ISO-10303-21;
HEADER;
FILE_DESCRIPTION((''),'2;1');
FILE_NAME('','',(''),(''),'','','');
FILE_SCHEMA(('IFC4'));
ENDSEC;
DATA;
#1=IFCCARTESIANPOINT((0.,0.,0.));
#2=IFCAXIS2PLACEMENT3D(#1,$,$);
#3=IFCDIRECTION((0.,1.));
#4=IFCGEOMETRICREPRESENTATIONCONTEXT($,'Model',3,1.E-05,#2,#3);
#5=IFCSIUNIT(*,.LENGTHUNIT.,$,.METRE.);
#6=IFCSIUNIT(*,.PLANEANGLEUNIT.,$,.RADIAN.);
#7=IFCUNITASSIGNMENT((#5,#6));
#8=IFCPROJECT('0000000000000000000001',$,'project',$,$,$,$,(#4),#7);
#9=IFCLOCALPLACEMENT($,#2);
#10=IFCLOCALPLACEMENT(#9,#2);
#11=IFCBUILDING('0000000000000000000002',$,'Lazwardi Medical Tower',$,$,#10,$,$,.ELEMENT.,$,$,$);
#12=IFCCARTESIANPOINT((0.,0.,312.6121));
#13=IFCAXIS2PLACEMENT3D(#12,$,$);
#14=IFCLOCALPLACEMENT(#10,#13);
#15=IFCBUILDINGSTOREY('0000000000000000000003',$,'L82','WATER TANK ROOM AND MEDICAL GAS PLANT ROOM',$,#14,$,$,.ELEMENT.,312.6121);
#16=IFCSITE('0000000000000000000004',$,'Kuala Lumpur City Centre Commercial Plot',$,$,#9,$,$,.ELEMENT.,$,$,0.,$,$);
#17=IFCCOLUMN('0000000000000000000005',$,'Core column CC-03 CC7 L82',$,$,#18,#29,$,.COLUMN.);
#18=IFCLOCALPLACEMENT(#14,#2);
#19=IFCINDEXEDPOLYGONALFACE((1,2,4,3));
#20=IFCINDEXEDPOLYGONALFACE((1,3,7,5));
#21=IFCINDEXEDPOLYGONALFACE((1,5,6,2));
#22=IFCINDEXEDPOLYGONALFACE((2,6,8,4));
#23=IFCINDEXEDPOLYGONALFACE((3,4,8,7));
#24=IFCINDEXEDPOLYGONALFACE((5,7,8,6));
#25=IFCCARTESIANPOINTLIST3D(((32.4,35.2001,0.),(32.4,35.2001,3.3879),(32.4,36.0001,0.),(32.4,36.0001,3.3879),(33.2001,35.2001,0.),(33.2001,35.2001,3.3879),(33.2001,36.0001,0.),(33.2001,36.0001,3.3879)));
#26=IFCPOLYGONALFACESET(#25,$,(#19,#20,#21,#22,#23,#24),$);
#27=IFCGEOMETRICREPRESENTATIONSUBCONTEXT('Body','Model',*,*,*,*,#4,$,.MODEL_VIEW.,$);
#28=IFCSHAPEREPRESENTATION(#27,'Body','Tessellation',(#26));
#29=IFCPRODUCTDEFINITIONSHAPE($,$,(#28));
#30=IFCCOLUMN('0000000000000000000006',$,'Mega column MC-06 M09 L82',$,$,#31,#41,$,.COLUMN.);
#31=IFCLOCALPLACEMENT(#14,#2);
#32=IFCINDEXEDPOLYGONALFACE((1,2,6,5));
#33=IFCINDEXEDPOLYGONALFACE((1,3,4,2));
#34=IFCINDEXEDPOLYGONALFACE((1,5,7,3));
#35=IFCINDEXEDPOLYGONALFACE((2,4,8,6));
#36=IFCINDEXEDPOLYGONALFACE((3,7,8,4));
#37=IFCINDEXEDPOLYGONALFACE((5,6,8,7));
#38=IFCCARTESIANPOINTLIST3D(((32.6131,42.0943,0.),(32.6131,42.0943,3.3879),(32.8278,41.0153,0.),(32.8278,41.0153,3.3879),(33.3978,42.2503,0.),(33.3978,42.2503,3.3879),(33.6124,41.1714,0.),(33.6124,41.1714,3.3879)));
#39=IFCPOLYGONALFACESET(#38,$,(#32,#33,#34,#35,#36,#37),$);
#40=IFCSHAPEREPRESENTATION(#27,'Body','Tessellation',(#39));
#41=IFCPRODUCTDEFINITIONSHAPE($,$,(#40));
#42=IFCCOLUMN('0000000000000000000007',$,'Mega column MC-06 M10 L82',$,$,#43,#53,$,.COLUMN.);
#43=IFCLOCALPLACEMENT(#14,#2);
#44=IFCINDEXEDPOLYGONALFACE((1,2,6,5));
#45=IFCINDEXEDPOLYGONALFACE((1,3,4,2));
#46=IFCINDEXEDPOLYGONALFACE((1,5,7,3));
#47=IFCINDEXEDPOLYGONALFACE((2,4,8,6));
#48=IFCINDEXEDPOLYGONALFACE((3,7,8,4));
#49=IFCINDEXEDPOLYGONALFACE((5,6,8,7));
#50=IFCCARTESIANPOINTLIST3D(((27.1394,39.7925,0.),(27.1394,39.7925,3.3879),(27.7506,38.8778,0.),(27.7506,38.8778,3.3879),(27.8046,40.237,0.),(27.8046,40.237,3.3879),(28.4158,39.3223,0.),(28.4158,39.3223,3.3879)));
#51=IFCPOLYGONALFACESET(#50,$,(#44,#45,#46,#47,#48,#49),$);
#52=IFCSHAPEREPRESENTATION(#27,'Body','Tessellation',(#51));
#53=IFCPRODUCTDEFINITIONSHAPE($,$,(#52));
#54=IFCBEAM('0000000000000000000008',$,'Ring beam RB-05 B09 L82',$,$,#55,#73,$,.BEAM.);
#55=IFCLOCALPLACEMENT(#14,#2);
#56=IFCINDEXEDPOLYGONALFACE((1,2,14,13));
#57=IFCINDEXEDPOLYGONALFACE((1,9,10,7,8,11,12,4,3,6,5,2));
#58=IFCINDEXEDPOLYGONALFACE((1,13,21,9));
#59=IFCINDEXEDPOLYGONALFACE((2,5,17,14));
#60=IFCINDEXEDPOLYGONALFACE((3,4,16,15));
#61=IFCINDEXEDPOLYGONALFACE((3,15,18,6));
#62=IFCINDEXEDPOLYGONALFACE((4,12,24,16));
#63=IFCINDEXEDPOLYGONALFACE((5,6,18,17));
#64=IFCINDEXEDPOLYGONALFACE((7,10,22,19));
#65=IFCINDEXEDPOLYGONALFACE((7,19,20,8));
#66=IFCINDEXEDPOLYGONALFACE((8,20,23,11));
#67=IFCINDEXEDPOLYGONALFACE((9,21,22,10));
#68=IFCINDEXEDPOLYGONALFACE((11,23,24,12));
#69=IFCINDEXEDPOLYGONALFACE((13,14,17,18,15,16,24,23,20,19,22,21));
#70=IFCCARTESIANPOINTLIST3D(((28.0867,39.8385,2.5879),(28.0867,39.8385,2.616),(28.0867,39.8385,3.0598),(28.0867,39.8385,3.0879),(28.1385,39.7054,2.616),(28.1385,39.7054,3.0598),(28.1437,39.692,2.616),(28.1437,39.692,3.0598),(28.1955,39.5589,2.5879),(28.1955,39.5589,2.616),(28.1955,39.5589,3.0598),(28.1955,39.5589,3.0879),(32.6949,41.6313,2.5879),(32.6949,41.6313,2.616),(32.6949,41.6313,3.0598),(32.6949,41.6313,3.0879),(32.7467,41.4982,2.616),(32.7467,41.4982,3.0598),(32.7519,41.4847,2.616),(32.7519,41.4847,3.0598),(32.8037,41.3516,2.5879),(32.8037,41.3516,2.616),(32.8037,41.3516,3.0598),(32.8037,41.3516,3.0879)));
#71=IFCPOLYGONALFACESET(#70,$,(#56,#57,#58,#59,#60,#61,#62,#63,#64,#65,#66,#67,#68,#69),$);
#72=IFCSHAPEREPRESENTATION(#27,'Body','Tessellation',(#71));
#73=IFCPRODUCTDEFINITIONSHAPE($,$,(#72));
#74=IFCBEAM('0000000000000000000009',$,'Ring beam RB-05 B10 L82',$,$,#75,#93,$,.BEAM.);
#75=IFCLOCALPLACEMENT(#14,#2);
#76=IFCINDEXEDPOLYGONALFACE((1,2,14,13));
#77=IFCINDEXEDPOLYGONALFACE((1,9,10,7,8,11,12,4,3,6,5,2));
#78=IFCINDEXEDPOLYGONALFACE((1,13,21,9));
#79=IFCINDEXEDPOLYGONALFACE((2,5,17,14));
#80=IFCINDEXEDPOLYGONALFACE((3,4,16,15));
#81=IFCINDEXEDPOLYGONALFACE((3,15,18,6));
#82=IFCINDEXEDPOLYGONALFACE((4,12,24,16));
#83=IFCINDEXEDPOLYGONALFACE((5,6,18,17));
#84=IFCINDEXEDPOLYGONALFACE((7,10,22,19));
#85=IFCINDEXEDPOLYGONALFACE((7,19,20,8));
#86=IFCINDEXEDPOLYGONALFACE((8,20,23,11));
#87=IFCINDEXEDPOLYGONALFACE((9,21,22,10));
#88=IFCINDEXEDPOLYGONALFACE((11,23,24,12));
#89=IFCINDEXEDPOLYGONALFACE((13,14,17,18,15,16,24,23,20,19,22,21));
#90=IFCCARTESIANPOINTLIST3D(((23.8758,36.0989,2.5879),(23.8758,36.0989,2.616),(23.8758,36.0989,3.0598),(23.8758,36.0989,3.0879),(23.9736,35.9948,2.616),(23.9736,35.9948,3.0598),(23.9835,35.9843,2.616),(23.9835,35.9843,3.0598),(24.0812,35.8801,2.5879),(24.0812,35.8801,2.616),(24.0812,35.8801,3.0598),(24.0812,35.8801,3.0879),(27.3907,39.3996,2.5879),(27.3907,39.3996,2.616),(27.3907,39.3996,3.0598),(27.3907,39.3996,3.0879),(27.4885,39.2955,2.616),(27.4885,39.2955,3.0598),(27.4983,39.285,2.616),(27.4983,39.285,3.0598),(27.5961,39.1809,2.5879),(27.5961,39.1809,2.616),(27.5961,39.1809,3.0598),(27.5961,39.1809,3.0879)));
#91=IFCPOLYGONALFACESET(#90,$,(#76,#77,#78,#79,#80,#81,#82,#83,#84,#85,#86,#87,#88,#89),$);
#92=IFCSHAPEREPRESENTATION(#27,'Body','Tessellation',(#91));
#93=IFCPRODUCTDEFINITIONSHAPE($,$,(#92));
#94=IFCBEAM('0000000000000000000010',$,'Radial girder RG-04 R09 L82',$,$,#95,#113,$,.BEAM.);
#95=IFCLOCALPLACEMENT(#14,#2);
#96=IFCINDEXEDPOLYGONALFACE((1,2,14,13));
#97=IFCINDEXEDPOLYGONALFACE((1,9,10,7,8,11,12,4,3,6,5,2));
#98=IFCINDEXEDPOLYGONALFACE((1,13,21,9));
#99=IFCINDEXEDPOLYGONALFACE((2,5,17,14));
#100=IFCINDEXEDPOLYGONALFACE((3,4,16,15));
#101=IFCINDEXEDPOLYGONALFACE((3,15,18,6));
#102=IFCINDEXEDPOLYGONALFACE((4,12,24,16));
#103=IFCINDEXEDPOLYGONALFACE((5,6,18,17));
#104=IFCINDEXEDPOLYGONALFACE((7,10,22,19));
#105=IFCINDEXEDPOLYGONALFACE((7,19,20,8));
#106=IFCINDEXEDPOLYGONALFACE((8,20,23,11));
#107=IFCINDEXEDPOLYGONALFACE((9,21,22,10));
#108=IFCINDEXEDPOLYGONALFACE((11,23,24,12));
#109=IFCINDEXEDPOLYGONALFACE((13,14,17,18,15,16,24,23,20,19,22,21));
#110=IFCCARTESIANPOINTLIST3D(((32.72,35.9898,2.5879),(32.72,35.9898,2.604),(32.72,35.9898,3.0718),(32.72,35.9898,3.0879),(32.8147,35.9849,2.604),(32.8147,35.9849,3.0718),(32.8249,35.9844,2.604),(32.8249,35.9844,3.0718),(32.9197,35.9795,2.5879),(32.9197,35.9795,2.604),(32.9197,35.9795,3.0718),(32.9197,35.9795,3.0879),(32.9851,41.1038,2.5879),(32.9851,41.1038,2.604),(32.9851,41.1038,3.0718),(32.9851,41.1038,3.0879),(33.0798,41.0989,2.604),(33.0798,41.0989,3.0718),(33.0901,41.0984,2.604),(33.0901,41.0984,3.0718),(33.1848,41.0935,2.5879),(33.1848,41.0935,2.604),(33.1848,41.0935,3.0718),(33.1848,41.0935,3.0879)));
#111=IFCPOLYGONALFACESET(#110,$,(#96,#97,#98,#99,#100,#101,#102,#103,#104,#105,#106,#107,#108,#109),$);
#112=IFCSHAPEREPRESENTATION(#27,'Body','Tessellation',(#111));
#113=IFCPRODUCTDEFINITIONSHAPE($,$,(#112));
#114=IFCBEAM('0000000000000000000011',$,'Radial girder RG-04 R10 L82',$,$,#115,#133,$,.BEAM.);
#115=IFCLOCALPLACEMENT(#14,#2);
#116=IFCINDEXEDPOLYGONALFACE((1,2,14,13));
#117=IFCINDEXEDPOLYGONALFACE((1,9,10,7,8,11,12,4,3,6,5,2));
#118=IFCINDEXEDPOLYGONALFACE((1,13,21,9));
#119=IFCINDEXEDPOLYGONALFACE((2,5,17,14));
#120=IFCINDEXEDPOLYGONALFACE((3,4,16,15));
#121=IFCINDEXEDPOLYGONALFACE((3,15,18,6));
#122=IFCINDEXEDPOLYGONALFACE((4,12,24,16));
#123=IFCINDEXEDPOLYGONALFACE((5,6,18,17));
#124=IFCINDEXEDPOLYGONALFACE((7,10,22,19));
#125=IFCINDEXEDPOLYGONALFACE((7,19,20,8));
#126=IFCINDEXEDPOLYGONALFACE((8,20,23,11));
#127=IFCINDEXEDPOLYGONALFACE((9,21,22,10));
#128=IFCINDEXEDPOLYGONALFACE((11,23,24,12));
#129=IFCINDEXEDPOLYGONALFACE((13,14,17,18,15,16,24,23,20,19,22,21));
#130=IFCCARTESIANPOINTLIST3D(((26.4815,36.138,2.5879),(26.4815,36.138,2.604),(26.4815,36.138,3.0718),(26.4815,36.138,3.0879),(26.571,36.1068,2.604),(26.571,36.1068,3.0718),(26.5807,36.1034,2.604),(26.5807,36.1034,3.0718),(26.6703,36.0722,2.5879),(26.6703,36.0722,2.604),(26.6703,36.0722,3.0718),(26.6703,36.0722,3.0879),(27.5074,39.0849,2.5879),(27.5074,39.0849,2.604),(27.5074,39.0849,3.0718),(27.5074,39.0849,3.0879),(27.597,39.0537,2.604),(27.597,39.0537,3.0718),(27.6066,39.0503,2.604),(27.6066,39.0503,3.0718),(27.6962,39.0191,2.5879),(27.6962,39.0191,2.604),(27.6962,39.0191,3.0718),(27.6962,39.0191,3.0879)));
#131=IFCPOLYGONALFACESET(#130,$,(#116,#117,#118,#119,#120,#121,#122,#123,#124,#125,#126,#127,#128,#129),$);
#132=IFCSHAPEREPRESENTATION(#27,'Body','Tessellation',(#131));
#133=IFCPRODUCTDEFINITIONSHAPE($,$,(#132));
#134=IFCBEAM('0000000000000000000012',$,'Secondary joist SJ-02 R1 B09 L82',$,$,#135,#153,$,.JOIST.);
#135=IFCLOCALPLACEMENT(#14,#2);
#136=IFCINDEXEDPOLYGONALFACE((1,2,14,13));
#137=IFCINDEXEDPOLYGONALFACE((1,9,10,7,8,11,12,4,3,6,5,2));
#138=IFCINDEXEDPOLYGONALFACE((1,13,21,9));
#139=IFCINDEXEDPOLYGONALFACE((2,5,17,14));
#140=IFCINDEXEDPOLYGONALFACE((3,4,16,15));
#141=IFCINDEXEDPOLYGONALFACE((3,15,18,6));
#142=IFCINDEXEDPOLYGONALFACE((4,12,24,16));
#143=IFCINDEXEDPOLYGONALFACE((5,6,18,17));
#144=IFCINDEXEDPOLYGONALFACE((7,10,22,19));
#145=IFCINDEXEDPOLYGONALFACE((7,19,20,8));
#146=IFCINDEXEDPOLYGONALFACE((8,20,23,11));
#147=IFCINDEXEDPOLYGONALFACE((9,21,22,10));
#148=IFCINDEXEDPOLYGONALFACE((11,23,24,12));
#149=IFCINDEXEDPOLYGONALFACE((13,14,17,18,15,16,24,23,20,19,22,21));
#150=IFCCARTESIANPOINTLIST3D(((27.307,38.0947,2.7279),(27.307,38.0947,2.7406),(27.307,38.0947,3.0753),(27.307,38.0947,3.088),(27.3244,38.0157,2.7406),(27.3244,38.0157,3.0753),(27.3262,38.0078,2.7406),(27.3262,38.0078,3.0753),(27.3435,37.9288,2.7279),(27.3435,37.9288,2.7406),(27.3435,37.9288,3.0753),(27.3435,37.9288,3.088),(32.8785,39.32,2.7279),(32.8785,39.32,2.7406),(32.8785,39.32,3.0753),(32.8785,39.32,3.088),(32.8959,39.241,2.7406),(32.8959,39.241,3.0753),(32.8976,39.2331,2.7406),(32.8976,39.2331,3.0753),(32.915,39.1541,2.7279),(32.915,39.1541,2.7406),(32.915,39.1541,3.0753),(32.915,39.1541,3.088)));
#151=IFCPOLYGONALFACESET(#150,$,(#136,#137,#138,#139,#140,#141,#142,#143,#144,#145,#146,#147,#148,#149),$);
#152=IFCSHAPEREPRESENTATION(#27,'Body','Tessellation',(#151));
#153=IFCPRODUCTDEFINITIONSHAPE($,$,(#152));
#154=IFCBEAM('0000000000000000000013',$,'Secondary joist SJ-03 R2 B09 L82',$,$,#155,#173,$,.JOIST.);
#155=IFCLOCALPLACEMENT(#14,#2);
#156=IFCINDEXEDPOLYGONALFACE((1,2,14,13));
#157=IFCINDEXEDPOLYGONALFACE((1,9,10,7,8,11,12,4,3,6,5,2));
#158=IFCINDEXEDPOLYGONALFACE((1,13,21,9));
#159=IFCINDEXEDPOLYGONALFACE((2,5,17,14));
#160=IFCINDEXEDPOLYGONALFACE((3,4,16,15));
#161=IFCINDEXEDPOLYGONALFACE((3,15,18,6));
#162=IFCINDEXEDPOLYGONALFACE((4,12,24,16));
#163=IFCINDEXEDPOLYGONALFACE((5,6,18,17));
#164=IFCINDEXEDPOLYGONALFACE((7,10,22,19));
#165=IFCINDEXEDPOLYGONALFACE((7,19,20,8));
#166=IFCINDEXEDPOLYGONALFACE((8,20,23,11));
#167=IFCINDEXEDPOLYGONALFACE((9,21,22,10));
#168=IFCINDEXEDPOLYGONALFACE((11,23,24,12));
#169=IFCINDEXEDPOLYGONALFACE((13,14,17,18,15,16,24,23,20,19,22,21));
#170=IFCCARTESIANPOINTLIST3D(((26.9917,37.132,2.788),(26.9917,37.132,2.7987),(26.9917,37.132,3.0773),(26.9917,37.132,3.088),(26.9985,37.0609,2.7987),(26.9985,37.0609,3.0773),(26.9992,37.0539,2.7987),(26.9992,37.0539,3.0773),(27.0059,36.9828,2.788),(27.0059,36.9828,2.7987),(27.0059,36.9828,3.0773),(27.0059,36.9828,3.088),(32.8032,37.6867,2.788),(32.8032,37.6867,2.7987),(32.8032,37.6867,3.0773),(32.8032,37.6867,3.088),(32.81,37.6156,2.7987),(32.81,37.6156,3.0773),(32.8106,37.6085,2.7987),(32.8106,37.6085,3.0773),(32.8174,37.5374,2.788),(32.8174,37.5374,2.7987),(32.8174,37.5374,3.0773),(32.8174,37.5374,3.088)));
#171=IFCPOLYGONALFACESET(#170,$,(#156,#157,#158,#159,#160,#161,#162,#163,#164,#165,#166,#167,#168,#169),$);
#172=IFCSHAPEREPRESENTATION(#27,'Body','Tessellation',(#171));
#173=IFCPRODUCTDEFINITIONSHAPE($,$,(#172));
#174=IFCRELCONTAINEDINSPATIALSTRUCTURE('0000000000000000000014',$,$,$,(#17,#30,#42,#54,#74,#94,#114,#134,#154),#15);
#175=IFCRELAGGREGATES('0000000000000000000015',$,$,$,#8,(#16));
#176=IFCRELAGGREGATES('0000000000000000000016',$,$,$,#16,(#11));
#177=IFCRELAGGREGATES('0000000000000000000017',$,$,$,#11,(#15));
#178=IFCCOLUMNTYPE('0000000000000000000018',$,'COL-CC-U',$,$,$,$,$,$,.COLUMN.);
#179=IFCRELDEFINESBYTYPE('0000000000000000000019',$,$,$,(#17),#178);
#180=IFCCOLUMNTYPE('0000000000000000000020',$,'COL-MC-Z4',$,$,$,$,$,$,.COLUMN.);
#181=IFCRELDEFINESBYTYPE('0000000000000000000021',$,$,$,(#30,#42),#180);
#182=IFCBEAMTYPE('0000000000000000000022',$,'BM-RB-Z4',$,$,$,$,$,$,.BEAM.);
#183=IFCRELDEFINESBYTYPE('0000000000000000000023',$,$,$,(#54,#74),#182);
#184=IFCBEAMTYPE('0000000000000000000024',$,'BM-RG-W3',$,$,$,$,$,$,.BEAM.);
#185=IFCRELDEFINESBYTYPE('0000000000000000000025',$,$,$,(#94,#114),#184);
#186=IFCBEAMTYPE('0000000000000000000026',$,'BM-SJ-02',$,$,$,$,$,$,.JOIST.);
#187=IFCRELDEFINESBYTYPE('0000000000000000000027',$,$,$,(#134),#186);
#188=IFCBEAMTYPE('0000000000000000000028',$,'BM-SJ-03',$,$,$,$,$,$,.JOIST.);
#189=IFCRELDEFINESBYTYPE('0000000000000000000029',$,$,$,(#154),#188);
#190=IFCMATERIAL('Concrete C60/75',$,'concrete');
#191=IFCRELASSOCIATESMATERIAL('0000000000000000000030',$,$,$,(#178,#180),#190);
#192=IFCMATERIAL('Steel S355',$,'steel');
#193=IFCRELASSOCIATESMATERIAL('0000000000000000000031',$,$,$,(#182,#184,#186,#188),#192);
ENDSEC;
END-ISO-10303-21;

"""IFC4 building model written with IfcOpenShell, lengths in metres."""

from ifc_helpers import new_model, si_unit, direction, frame, origin, origin_2d, place, context, subcontext, project, spatial, rectangle, i_section, extrude, material, material_profile, profile_set, type_object, element, save


model = new_model("IFC4")

# Units and contexts
model_context = context("Model", 3, precision=1e-05, world=origin(), true_north=direction((0.0, 1.0)))
body_context = subcontext(model_context, "Body", "Model", "MODEL_VIEW")
ifc_project = project(units=[si_unit("LENGTHUNIT", "METRE"), si_unit("PLANEANGLEUNIT", "RADIAN")], contexts=[model_context])

# Site, building, storey
site_placement = place(None, origin())
site = spatial("IfcSite", under=ifc_project, at=site_placement, Name="Kuala Lumpur City Centre Commercial Plot", CompositionType="ELEMENT", RefElevation=0.0)
building_placement = place(site_placement, origin())
building = spatial("IfcBuilding", under=site, at=building_placement, Name="Lazwardi Medical Tower", CompositionType="ELEMENT")
storey_placement = place(building_placement, frame((0.0, 0.0, 312.6121)))
storey = spatial("IfcBuildingStorey", under=building, at=storey_placement, Name="L82", Description="WATER TANK ROOM AND MEDICAL GAS PLANT ROOM", CompositionType="ELEMENT", Elevation=312.6121)

# Columns
ifc_material_1 = material(Name="Concrete C60/75", Category="concrete")
ifc_material_profile_1 = material_profile(ifc_material_1, rectangle(XDim=0.8, YDim=0.8, at=origin_2d()), Name="RC 800x800")
ifc_profile_set_1 = profile_set([ifc_material_profile_1], Name="Concrete C60/75")
column_type_1 = type_object("IfcColumnType", Name="COL-CC-U", PredefinedType="COLUMN", material=ifc_profile_set_1)
column_placement = place(storey_placement, frame((32.8, 35.6001, 0.0), z_axis=(0.0, 0.0, 1.0), x_axis=(1.0, 0.0, 0.0)))
element("IfcColumn", 1, at=column_placement, inside=storey, type_object=column_type_1, Name="Core column CC-03 CC7 L82", PredefinedType="COLUMN", context=body_context, shape_type="SweptSolid", body=[
    extrude(rectangle(XDim=0.8, YDim=0.8, at=origin_2d()), origin(), (0.0, 0.0, 1.0), 3.3879),
])
ifc_material_profile_2 = material_profile(ifc_material_1, rectangle(XDim=1.1001, YDim=0.8, at=origin_2d()), Name="CFT-RECT 1100x800")
ifc_profile_set_2 = profile_set([ifc_material_profile_2], Name="Concrete C60/75")
column_type_2 = type_object("IfcColumnType", Name="COL-MC-Z4", PredefinedType="COLUMN", material=ifc_profile_set_2)
for number, where, z_axis, x_axis, name in (
    (2, (33.1128, 41.6328, 0.0), (0.0, 0.0, 1.0), (-0.19509, 0.980785, 0.0), "Mega column MC-06 M09 L82"),
    (3, (27.7776, 39.5574, 0.0), (0.0, 0.0, 1.0), (-0.55557, 0.83147, 0.0), "Mega column MC-06 M10 L82"),
):
    element("IfcColumn", number, at=place(storey_placement, frame(where, z_axis=z_axis, x_axis=x_axis)), inside=storey, type_object=column_type_2, Name=name, PredefinedType="COLUMN", context=body_context, shape_type="SweptSolid", body=[
        extrude(rectangle(XDim=1.1001, YDim=0.8, at=origin_2d()), origin(), (0.0, 0.0, 1.0), 3.3879),
    ])

# Beams
ifc_material_2 = material(Name="Steel S355", Category="steel")
ifc_material_profile_3 = material_profile(ifc_material_2, i_section(OverallWidth=0.3, OverallDepth=0.5, WebThickness=0.0144, FlangeThickness=0.0281, at=origin_2d()), Name="HEB 500")
ifc_profile_set_3 = profile_set([ifc_material_profile_3], Name="Steel S355")
beam_type_1 = type_object("IfcBeamType", Name="BM-RB-Z4", PredefinedType="BEAM", material=ifc_profile_set_3)
beam_1_placement = place(storey_placement, frame((32.7493, 41.4915, 2.8379), z_axis=(-0.931959, -0.362563, 0.0), x_axis=(0.362563, -0.931959, 0.0)))
element("IfcBeam", 4, at=beam_1_placement, inside=storey, type_object=beam_type_1, Name="Ring beam RB-05 B09 L82", PredefinedType="BEAM", context=body_context, shape_type="SweptSolid", body=[
    extrude(i_section(OverallWidth=0.3, OverallDepth=0.5, WebThickness=0.0144, FlangeThickness=0.0281, at=origin_2d()), origin(), (0.0, 0.0, 1.0), 4.9446),
])
beam_2_placement = place(storey_placement, frame((27.4934, 39.2903, 2.8379), z_axis=(-0.728961, -0.684556, 0.0), x_axis=(0.684556, -0.728961, 0.0)))
element("IfcBeam", 5, at=beam_2_placement, inside=storey, type_object=beam_type_1, Name="Ring beam RB-05 B10 L82", PredefinedType="BEAM", context=body_context, shape_type="SweptSolid", body=[
    extrude(i_section(OverallWidth=0.3, OverallDepth=0.5, WebThickness=0.0144, FlangeThickness=0.0281, at=origin_2d()), origin(), (0.0, 0.0, 1.0), 4.8218),
])
ifc_material_profile_4 = material_profile(ifc_material_2, i_section(OverallWidth=0.2, OverallDepth=0.5, WebThickness=0.0103, FlangeThickness=0.0161, at=origin_2d()), Name="IPE 500")
ifc_profile_set_4 = profile_set([ifc_material_profile_4], Name="Steel S355")
beam_type_2 = type_object("IfcBeamType", Name="BM-RG-W3", PredefinedType="BEAM", material=ifc_profile_set_4)
beam_3_placement = place(storey_placement, frame((33.085, 41.0986, 2.8379), z_axis=(-0.051776, -0.998659, 0.0), x_axis=(0.998659, -0.051776, 0.0)))
element("IfcBeam", 6, at=beam_3_placement, inside=storey, type_object=beam_type_2, Name="Radial girder RG-04 R09 L82", PredefinedType="BEAM", context=body_context, shape_type="SweptSolid", body=[
    extrude(i_section(OverallWidth=0.2, OverallDepth=0.5, WebThickness=0.0103, FlangeThickness=0.0161, at=origin_2d()), origin(), (0.0, 0.0, 1.0), 5.1208),
])
beam_4_placement = place(storey_placement, frame((27.6018, 39.052, 2.8379), z_axis=(-0.328782, -0.944406, 0.0), x_axis=(0.944406, -0.328782, 0.0)))
element("IfcBeam", 7, at=beam_4_placement, inside=storey, type_object=beam_type_2, Name="Radial girder RG-04 R10 L82", PredefinedType="BEAM", context=body_context, shape_type="SweptSolid", body=[
    extrude(i_section(OverallWidth=0.2, OverallDepth=0.5, WebThickness=0.0103, FlangeThickness=0.0161, at=origin_2d()), origin(), (0.0, 0.0, 1.0), 3.1204),
])
ifc_material_profile_5 = material_profile(ifc_material_2, i_section(OverallWidth=0.1699, OverallDepth=0.3601, WebThickness=0.0081, FlangeThickness=0.0127, at=origin_2d()), Name="IPE 360")
ifc_profile_set_5 = profile_set([ifc_material_profile_5], Name="Steel S355")
beam_type_3 = type_object("IfcBeamType", Name="BM-SJ-02", PredefinedType="JOIST", material=ifc_profile_set_5)
beam_5_placement = place(storey_placement, frame((32.8967, 39.2371, 2.908), z_axis=(-0.976659, -0.214796, 0.0), x_axis=(0.214796, -0.976659, 0.0)))
element("IfcBeam", 8, at=beam_5_placement, inside=storey, type_object=beam_type_3, Name="Secondary joist SJ-02 R1 B09 L82", PredefinedType="JOIST", context=body_context, shape_type="SweptSolid", body=[
    extrude(i_section(OverallWidth=0.1699, OverallDepth=0.3601, WebThickness=0.0081, FlangeThickness=0.0127, at=origin_2d()), origin(), (0.0, 0.0, 1.0), 5.7046),
])
ifc_material_profile_6 = material_profile(ifc_material_2, i_section(OverallWidth=0.1499, OverallDepth=0.3, WebThickness=0.0071, FlangeThickness=0.0107, at=origin_2d()), Name="IPE 300")
ifc_profile_set_6 = profile_set([ifc_material_profile_6], Name="Steel S355")
beam_type_4 = type_object("IfcBeamType", Name="BM-SJ-03", PredefinedType="JOIST", material=ifc_profile_set_6)
beam_6_placement = place(storey_placement, frame((32.8103, 37.6121, 2.938), z_axis=(-0.995476, -0.095014, 0.0), x_axis=(0.095014, -0.995476, 0.0)))
element("IfcBeam", 9, at=beam_6_placement, inside=storey, type_object=beam_type_4, Name="Secondary joist SJ-03 R2 B09 L82", PredefinedType="JOIST", context=body_context, shape_type="SweptSolid", body=[
    extrude(i_section(OverallWidth=0.1499, OverallDepth=0.3, WebThickness=0.0071, FlangeThickness=0.0107, at=origin_2d()), origin(), (0.0, 0.0, 1.0), 5.8379),
])

save(model, "model.ifc")
